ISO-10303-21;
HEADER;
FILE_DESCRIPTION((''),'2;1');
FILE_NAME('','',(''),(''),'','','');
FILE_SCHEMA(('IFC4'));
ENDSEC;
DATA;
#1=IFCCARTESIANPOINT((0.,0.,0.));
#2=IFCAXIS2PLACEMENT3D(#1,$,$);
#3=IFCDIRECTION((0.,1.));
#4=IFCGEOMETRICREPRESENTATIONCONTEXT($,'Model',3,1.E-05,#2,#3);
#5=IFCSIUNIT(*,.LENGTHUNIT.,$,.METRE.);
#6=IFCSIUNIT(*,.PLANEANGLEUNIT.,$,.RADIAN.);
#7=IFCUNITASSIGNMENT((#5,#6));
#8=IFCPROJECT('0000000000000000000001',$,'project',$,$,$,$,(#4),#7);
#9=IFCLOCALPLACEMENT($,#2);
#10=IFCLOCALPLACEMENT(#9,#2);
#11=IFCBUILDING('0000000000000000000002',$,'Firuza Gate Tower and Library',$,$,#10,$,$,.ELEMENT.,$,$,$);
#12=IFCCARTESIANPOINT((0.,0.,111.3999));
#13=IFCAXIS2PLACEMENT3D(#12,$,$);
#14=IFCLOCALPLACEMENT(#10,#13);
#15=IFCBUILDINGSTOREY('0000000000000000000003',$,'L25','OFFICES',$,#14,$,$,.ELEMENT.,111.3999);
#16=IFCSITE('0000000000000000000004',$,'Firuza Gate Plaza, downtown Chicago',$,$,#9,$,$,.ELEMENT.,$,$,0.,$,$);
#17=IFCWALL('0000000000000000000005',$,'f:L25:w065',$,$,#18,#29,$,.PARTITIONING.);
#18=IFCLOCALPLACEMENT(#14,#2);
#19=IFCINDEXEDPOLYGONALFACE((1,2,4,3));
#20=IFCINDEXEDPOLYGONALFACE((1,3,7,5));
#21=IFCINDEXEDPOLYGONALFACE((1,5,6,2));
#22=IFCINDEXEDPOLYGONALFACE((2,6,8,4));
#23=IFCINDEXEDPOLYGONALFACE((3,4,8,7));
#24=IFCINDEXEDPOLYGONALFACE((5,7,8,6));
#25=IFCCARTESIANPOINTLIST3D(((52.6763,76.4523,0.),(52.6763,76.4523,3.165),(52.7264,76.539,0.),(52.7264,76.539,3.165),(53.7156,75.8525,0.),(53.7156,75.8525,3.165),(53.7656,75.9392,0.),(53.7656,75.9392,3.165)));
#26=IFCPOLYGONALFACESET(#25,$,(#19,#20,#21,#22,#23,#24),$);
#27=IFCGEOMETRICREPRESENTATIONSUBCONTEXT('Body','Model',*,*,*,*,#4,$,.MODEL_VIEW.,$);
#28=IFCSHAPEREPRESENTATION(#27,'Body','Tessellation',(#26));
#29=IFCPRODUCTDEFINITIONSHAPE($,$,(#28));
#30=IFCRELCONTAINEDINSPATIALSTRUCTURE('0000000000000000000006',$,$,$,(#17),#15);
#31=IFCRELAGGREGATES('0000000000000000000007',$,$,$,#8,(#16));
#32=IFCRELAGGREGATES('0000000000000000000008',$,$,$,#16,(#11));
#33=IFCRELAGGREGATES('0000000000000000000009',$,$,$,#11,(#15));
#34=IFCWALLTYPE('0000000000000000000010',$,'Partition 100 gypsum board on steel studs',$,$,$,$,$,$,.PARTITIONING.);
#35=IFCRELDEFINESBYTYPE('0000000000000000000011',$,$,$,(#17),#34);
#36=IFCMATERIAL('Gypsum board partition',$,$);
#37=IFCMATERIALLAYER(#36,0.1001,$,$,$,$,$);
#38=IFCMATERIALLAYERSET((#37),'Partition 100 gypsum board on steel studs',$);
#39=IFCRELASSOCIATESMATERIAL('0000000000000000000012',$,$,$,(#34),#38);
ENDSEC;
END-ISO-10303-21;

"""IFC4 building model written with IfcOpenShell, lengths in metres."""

from ifc_helpers import new_model, si_unit, direction, frame, frame_2d, origin, place, context, subcontext, project, spatial, rectangle, extrude, material, layer, layer_set, type_object, element, save


model = new_model("IFC4")

# Units and contexts
model_context = context("Model", 3, precision=1e-05, world=origin(), true_north=direction((0.0, 1.0)))
body_context = subcontext(model_context, "Body", "Model", "MODEL_VIEW")
ifc_project = project(units=[si_unit("LENGTHUNIT", "METRE"), si_unit("PLANEANGLEUNIT", "RADIAN")], contexts=[model_context])

# Site, building, storey
site_placement = place(None, origin())
site = spatial("IfcSite", under=ifc_project, at=site_placement, Name="Firuza Gate Plaza, downtown Chicago", CompositionType="ELEMENT", RefElevation=0.0)
building_placement = place(site_placement, origin())
building = spatial("IfcBuilding", under=site, at=building_placement, Name="Firuza Gate Tower and Library", CompositionType="ELEMENT")
storey_placement = place(building_placement, frame((0.0, 0.0, 111.3999)))
storey = spatial("IfcBuildingStorey", under=building, at=storey_placement, Name="L25", Description="OFFICES", CompositionType="ELEMENT", Elevation=111.3999)

# Wall
ifc_material_1 = material(Name="Gypsum board partition")
ifc_layer_1 = layer(ifc_material_1, 0.1001)
ifc_layer_set_1 = layer_set([ifc_layer_1], Name="Partition 100 gypsum board on steel studs")
wall_type = type_object("IfcWallType", Name="Partition 100 gypsum board on steel studs", PredefinedType="PARTITIONING", material=ifc_layer_set_1)
wall_1_placement = place(storey_placement, frame((53.7407, 75.8958, 0.0), z_axis=(0.0, 0.0, 1.0), x_axis=(-0.866094, 0.499881, 0.0)))
element("IfcWall", 1, at=wall_1_placement, inside=storey, type_object=wall_type, Name="f:L25:w065", PredefinedType="PARTITIONING", context=body_context, shape_type="SweptSolid", body=[
    extrude(rectangle(XDim=1.2, YDim=0.1001, at=frame_2d((0.6001, 0.0))), origin(), (0.0, 0.0, 1.0), 3.165),
])

save(model, "model.ifc")
